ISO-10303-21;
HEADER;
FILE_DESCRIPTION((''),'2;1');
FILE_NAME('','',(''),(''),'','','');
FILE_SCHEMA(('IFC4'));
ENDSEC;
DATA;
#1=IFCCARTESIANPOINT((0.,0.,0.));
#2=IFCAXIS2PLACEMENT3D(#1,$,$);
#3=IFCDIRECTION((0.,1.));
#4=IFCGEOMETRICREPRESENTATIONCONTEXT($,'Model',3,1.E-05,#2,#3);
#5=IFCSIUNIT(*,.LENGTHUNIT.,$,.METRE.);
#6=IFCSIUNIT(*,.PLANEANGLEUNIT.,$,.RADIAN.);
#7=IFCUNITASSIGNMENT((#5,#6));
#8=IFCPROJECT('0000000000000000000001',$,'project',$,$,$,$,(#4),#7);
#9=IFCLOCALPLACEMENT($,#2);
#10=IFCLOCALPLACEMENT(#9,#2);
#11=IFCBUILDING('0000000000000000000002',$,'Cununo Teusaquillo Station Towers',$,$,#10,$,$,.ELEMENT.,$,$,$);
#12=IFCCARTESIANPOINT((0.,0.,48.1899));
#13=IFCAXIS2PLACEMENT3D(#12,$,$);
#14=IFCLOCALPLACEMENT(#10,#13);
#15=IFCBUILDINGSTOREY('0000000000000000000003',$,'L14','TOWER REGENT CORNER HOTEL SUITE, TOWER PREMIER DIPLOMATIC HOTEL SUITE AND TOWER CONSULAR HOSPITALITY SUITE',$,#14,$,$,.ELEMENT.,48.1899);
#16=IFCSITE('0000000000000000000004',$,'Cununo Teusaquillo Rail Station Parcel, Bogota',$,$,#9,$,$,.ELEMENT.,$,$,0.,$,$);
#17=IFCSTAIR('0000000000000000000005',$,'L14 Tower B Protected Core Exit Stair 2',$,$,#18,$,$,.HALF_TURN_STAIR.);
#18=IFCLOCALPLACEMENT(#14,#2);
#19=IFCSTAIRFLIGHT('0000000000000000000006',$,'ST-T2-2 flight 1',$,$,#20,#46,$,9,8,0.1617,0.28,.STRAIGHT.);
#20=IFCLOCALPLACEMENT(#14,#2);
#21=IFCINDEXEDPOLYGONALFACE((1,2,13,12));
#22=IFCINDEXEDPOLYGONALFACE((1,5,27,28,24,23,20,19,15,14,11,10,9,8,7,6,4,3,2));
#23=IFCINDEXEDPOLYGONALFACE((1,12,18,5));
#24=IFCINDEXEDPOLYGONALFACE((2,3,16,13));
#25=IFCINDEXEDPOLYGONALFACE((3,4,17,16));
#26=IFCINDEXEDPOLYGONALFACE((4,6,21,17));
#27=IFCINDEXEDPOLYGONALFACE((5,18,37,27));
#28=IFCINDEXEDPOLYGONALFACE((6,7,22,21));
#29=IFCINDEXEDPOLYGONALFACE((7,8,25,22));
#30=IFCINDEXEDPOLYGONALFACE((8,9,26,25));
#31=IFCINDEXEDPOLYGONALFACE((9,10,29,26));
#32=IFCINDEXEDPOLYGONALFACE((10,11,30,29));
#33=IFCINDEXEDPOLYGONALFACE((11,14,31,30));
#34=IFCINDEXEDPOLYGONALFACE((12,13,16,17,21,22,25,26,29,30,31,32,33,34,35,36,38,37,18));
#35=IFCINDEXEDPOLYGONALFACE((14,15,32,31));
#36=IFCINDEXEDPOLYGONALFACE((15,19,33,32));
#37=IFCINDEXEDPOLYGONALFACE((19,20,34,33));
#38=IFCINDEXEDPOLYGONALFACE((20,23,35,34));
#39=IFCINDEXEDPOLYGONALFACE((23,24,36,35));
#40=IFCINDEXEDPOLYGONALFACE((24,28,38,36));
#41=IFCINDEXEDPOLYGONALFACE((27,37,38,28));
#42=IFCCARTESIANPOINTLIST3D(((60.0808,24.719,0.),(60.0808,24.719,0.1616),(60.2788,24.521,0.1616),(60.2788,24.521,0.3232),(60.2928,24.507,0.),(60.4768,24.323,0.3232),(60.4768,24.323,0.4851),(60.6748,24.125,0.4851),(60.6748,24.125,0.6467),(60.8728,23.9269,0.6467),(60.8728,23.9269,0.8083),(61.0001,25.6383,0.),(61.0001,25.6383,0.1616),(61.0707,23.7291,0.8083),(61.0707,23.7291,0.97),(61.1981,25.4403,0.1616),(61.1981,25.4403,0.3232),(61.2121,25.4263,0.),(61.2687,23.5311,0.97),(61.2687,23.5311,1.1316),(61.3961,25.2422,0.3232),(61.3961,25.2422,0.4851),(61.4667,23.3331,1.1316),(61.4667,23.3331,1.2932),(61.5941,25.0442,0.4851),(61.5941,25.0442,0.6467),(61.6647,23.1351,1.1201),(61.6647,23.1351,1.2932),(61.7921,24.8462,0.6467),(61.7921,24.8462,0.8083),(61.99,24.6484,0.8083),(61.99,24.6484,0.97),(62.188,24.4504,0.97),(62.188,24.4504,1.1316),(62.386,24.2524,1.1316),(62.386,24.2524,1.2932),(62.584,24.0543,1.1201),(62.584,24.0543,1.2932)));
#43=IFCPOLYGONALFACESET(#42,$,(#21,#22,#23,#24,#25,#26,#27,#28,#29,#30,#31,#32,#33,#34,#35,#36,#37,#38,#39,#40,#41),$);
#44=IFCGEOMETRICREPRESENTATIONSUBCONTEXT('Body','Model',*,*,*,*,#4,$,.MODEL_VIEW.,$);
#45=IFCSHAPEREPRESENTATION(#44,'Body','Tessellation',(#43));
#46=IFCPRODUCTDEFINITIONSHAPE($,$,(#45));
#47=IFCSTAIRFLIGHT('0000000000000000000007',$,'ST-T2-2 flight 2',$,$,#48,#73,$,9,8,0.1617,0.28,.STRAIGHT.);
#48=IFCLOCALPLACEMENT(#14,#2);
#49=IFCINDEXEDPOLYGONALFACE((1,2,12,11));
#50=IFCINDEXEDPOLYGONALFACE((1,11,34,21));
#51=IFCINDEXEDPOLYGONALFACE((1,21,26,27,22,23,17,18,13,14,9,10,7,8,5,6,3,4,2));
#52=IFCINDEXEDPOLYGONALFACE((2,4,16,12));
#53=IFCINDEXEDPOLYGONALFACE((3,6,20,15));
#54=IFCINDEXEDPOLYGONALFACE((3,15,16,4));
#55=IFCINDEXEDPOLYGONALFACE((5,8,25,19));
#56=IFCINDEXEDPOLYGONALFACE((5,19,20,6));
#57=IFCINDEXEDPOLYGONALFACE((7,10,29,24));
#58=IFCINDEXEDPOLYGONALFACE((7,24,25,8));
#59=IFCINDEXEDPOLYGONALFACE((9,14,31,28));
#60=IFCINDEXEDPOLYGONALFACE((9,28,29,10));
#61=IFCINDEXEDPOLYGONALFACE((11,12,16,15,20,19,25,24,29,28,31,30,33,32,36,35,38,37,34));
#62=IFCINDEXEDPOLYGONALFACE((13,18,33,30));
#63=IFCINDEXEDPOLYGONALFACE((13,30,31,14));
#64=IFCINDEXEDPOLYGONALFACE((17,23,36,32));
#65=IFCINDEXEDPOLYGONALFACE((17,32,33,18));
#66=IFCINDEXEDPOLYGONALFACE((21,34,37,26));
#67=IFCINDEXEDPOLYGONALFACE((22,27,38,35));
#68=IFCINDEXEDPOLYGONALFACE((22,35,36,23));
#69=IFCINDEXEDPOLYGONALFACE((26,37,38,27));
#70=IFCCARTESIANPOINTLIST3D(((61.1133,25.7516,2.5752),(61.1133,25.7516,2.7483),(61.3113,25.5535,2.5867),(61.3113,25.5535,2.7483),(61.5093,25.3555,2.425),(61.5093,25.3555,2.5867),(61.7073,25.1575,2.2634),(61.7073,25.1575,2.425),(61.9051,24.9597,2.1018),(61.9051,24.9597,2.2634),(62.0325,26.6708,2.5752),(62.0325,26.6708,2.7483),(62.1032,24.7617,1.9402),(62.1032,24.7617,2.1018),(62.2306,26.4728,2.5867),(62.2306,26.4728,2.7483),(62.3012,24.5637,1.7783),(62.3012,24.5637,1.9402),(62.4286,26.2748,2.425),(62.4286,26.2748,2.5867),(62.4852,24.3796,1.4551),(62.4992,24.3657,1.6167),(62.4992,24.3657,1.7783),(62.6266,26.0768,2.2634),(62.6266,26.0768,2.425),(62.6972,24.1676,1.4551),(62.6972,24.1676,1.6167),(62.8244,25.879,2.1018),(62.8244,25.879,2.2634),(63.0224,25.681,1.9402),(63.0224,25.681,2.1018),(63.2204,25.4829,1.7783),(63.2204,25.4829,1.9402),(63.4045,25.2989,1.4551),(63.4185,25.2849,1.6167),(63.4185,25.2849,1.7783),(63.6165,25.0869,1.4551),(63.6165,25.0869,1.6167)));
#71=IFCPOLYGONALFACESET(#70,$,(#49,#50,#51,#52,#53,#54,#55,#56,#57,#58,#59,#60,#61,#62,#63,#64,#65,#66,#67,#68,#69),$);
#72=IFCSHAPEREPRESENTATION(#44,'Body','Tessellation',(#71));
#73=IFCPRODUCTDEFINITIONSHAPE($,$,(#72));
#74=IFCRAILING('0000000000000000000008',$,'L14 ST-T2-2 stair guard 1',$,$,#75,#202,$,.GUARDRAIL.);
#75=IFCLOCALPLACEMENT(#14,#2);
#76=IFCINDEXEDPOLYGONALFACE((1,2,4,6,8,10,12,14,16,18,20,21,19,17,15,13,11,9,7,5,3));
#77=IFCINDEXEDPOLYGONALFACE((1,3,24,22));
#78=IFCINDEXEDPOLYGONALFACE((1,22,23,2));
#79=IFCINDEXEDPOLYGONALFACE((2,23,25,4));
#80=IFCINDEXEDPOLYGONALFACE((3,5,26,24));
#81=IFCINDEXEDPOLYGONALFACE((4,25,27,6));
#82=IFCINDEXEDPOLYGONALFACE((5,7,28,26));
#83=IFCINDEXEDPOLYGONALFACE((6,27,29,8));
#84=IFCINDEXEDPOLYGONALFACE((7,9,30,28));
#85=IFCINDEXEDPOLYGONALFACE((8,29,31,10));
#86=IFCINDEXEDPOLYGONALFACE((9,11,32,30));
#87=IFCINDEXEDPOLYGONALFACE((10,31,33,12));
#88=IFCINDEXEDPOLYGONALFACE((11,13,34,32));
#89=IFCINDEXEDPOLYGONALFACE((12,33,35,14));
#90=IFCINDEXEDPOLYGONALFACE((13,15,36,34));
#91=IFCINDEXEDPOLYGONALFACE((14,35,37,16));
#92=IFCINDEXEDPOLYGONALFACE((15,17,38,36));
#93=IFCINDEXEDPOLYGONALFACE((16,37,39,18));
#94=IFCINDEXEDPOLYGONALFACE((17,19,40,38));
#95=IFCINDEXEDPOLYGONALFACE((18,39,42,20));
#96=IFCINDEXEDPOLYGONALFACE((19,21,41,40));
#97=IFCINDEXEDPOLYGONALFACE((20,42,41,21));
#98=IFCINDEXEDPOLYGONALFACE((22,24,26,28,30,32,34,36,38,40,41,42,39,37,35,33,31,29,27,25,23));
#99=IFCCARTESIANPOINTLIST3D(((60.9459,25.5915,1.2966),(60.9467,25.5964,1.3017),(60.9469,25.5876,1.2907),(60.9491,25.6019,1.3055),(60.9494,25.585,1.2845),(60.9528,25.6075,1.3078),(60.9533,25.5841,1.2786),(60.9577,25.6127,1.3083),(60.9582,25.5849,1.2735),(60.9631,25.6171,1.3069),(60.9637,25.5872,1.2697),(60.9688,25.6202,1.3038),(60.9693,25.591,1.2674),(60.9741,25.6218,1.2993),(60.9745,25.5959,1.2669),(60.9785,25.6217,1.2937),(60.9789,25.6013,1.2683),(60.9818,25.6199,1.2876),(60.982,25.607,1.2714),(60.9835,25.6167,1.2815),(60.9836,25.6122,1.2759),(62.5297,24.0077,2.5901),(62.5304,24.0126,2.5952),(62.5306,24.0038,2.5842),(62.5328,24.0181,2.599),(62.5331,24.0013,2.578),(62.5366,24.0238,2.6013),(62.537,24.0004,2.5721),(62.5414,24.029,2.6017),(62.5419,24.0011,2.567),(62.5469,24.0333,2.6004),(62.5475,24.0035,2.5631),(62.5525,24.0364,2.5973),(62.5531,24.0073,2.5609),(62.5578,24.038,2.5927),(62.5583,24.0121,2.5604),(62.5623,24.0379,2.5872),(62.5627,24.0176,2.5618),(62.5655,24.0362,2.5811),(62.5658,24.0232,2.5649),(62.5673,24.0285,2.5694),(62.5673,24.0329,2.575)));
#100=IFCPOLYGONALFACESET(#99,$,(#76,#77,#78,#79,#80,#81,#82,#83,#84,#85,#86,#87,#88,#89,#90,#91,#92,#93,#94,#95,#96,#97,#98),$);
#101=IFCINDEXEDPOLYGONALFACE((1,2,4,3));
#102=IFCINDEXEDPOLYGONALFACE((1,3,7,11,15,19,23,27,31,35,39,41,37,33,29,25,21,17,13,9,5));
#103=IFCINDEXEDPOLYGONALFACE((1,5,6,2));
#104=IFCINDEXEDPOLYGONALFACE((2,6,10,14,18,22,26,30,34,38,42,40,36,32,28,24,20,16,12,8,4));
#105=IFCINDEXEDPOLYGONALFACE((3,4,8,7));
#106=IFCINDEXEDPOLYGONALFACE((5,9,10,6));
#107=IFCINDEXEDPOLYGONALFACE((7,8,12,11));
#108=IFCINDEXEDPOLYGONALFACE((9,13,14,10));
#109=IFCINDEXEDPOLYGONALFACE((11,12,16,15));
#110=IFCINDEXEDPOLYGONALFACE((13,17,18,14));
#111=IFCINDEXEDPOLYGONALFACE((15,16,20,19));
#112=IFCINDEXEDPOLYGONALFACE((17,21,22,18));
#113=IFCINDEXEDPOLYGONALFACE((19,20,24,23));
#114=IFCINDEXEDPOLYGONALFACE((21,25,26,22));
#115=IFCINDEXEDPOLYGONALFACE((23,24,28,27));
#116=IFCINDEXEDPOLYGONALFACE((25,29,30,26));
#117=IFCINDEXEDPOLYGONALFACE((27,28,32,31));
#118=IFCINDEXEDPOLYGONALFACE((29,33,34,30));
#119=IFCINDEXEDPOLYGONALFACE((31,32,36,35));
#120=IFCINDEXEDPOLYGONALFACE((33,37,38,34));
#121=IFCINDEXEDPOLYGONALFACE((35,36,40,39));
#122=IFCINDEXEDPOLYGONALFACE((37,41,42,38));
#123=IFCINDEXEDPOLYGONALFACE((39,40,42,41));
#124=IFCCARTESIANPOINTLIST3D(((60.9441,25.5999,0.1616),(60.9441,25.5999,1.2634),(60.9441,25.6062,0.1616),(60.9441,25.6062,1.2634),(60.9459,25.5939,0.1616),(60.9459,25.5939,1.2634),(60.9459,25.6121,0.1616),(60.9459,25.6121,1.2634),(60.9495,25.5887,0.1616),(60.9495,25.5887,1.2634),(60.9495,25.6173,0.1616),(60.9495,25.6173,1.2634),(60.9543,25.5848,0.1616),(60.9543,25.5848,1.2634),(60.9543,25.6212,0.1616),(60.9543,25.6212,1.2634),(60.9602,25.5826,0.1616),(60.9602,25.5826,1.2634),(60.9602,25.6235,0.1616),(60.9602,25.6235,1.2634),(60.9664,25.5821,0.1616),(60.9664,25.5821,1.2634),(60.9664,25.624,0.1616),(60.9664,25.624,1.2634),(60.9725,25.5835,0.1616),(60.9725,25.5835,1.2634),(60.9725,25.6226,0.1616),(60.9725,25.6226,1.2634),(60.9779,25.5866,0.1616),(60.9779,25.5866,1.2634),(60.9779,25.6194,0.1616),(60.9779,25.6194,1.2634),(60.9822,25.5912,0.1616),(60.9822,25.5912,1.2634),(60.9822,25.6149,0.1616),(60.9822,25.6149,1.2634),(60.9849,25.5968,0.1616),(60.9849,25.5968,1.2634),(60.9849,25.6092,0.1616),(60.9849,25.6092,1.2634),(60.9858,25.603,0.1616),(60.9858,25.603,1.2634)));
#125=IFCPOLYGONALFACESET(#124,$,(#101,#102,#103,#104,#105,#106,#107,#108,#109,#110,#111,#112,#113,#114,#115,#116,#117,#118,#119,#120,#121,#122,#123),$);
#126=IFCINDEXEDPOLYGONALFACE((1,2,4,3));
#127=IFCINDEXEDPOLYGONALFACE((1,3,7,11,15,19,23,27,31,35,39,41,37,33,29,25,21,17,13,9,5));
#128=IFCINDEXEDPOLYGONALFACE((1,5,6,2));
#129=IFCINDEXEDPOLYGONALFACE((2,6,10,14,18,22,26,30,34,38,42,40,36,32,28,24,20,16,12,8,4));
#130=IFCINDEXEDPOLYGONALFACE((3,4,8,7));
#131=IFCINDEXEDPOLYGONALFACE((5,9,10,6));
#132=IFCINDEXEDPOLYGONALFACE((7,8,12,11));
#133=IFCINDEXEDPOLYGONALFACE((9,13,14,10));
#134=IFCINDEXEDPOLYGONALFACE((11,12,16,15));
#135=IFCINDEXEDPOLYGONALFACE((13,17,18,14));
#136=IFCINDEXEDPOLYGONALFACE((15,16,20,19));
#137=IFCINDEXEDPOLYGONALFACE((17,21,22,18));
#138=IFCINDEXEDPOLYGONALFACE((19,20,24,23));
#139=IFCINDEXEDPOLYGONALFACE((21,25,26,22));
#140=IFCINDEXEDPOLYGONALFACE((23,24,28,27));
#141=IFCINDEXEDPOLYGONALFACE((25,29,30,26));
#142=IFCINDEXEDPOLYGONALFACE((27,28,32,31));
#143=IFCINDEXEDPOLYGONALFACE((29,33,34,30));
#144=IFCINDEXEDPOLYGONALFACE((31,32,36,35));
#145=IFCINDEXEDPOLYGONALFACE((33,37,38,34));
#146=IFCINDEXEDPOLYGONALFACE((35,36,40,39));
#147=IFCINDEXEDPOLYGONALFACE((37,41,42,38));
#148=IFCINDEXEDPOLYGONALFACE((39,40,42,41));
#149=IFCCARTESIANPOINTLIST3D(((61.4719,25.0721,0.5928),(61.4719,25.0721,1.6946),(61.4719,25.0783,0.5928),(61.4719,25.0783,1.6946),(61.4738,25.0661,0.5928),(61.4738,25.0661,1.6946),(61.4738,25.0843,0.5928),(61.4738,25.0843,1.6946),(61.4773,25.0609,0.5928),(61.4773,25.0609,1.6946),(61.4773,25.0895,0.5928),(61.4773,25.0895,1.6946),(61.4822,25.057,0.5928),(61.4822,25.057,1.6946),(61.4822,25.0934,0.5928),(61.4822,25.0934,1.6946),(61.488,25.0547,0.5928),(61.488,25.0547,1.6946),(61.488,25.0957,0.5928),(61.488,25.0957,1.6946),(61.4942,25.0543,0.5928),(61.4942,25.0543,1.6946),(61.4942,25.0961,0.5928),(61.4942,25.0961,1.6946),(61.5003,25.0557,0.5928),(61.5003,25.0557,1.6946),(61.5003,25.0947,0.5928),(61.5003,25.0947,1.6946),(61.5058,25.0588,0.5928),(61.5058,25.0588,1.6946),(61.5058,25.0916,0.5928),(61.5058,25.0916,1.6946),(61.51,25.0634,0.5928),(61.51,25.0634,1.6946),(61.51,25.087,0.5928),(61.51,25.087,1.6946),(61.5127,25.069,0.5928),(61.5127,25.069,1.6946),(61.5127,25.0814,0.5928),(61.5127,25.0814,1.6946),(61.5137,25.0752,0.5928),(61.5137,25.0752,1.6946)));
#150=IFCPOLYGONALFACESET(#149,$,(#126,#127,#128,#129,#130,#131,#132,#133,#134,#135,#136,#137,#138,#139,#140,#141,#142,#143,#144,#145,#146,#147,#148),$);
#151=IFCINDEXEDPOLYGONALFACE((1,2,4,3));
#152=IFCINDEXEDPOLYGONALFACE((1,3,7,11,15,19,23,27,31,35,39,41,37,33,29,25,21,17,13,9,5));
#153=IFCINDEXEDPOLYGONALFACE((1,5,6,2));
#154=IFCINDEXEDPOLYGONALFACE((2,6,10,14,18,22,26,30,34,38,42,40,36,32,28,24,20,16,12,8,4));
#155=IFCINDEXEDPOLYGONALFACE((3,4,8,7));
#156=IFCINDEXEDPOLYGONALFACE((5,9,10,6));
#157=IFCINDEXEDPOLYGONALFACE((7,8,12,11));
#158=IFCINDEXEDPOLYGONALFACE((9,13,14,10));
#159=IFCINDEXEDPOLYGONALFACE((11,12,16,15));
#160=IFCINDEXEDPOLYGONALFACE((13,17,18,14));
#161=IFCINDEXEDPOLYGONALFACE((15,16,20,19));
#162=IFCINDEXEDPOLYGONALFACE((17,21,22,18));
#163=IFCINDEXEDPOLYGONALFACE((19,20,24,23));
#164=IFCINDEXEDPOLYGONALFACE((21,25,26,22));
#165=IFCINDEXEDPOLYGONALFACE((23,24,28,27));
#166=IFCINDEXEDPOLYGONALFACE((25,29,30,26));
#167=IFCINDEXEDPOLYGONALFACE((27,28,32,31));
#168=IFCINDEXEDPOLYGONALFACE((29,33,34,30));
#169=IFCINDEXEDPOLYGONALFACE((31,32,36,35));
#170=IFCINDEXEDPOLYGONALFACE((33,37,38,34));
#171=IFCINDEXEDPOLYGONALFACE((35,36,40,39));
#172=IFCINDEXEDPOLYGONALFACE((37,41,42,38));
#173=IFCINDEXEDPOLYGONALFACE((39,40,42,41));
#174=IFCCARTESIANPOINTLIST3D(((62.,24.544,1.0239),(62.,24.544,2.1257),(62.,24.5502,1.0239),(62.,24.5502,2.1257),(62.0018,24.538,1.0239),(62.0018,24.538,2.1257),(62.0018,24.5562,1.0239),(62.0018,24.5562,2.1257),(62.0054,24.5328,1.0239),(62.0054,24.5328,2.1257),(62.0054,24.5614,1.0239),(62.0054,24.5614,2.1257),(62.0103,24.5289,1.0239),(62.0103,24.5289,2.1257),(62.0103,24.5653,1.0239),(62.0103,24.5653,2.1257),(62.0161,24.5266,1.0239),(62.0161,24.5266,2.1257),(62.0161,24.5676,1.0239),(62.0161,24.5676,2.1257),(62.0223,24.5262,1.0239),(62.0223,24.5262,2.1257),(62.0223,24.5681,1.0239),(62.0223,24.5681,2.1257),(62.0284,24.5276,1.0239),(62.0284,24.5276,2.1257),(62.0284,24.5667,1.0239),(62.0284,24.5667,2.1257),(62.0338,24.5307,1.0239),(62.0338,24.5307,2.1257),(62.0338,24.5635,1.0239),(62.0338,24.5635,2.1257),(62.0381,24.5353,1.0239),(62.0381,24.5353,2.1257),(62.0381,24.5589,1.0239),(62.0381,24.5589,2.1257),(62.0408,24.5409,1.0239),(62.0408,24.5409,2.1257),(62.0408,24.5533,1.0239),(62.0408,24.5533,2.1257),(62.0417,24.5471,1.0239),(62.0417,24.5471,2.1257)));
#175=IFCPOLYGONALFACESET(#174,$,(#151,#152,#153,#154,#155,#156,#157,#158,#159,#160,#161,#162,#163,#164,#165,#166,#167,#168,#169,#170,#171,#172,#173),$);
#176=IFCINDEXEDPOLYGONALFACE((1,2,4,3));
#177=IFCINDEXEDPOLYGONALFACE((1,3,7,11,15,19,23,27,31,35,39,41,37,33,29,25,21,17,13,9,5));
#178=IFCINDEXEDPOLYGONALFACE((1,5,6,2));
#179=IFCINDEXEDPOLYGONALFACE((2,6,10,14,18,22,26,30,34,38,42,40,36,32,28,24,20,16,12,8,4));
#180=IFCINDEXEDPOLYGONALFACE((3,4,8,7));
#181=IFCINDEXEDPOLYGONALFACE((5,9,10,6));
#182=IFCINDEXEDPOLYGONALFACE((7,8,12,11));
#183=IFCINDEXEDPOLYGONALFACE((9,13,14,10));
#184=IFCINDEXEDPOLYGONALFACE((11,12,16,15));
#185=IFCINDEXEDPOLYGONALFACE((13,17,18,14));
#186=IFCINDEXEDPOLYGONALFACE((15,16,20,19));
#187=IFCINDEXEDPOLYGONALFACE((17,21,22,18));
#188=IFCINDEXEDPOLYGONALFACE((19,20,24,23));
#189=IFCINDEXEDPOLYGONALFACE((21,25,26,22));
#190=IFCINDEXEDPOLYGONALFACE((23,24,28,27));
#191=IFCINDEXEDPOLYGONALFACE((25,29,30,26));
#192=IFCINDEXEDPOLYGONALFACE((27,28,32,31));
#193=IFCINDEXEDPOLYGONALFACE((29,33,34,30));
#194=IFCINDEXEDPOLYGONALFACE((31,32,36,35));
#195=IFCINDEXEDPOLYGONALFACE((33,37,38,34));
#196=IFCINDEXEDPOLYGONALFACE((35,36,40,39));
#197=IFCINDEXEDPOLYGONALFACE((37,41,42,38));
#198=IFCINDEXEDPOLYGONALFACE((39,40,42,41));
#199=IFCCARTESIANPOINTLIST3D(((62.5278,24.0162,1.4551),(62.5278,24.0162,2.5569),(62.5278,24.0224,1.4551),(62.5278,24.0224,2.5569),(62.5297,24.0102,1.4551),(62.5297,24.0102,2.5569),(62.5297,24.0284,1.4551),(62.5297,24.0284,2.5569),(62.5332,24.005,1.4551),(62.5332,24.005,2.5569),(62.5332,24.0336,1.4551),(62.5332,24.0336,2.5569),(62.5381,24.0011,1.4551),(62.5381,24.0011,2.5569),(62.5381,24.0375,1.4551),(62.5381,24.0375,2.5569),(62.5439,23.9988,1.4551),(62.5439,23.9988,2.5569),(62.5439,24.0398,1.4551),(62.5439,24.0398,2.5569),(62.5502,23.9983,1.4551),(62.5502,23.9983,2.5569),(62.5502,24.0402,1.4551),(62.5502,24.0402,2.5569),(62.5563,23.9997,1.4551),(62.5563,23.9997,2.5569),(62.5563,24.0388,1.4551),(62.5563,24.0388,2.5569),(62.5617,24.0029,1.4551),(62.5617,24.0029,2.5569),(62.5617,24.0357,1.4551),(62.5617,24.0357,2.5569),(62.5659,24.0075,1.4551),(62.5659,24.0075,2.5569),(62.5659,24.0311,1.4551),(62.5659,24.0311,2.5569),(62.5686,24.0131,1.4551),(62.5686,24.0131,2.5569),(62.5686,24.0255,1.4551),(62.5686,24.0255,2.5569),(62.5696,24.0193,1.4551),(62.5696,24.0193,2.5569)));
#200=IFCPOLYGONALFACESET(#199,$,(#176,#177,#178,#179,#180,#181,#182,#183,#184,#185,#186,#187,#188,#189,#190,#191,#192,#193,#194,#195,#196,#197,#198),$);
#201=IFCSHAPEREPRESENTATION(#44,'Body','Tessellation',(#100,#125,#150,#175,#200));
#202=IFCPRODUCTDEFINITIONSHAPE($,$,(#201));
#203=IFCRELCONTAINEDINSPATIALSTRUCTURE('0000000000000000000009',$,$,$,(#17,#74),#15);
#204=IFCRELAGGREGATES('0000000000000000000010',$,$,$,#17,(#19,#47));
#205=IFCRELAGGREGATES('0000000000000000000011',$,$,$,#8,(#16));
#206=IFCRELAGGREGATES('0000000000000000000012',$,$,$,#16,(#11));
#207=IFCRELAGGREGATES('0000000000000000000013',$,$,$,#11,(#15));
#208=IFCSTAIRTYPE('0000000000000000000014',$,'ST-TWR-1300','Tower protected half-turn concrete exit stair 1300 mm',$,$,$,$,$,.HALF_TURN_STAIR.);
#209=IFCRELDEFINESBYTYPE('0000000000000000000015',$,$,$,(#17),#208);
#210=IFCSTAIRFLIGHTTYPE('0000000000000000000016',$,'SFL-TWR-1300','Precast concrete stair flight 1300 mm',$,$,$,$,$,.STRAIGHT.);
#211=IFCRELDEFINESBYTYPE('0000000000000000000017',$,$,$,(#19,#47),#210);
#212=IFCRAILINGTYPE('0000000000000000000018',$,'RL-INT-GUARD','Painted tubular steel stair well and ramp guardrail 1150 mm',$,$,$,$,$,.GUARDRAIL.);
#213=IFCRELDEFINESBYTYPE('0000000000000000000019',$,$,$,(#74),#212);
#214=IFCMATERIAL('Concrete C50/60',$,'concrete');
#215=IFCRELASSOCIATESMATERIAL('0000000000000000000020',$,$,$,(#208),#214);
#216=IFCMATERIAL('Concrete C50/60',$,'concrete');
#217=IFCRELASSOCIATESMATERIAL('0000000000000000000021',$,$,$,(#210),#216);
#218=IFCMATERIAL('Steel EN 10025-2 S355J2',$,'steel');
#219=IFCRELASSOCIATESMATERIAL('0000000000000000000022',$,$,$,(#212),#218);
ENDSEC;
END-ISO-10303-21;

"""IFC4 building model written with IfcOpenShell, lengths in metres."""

from ifc_helpers import new_model, si_unit, direction, frame, origin, origin_2d, place, context, subcontext, project, spatial, polyline, circle, outline, extrude, material, type_object, element, aggregate, save


model = new_model("IFC4")

# Units and contexts
model_context = context("Model", 3, precision=1e-05, world=origin(), true_north=direction((0.0, 1.0)))
body_context = subcontext(model_context, "Body", "Model", "MODEL_VIEW")
ifc_project = project(units=[si_unit("LENGTHUNIT", "METRE"), si_unit("PLANEANGLEUNIT", "RADIAN")], contexts=[model_context])

# Site, building, storey
site_placement = place(None, origin())
site = spatial("IfcSite", under=ifc_project, at=site_placement, Name="Cununo Teusaquillo Rail Station Parcel, Bogota", CompositionType="ELEMENT", RefElevation=0.0)
building_placement = place(site_placement, origin())
building = spatial("IfcBuilding", under=site, at=building_placement, Name="Cununo Teusaquillo Station Towers", CompositionType="ELEMENT")
storey_placement = place(building_placement, frame((0.0, 0.0, 48.1899)))
storey = spatial("IfcBuildingStorey", under=building, at=storey_placement, Name="L14", Description="TOWER REGENT CORNER HOTEL SUITE, TOWER PREMIER DIPLOMATIC HOTEL SUITE AND TOWER CONSULAR HOSPITALITY SUITE", CompositionType="ELEMENT", Elevation=48.1899)

# Stair, stair flights
ifc_material_1 = material(Name="Concrete C50/60", Category="concrete")
stair_type = type_object("IfcStairType", Name="ST-TWR-1300", Description="Tower protected half-turn concrete exit stair 1300 mm", PredefinedType="HALF_TURN_STAIR", material=ifc_material_1)
stair_placement = place(storey_placement, origin())
stair = element("IfcStair", 1, at=stair_placement, inside=storey, type_object=stair_type, Name="L14 Tower B Protected Core Exit Stair 2", PredefinedType="HALF_TURN_STAIR")
ifc_material_2 = material(Name="Concrete C50/60", Category="concrete")
stair_flight_type = type_object("IfcStairFlightType", Name="SFL-TWR-1300", Description="Precast concrete stair flight 1300 mm", PredefinedType="STRAIGHT", material=ifc_material_2)
stair_flight_1_placement = place(storey_placement, frame((60.5405, 25.1787, 0.0), z_axis=(0.0, 0.0, 1.0), x_axis=(0.707107, -0.707107, 0.0)))
stair_flight_1 = element("IfcStairFlight", 2, at=stair_flight_1_placement, type_object=stair_flight_type, Name="ST-T2-2 flight 1", NumberOfRisers=9, NumberOfTreads=8, PredefinedType="STRAIGHT", RiserHeight=0.1617, TreadLength=0.28, context=body_context, shape_type="SweptSolid", body=[
    extrude(outline(polyline([(0.0, 0.0), (0.0, 0.1616), (0.28, 0.1616), (0.28, 0.3232), (0.5601, 0.3232), (0.5601, 0.4851), (0.8401, 0.4851), (0.8401, 0.6467), (1.1201, 0.6467), (1.1201, 0.8083), (1.3999, 0.8083), (1.3999, 0.97), (1.6799, 0.97), (1.6799, 1.1316), (1.96, 1.1316), (1.96, 1.2932), (2.24, 1.2932), (2.24, 1.4551), (2.24, 1.1201), (0.2998, 0.0), (0.0, 0.0)])), frame((0.0, 0.6499, 0.0), z_axis=(0.0, -1.0, 0.0), x_axis=(1.0, 0.0, 0.0)), (0.0, 0.0, 1.0), 1.3),
])
stair_flight_2_placement = place(storey_placement, frame((63.1567, 24.6272, 1.4551), z_axis=(0.0, 0.0, 1.0), x_axis=(-0.707107, 0.707107, 0.0)))
stair_flight_2 = element("IfcStairFlight", 3, at=stair_flight_2_placement, type_object=stair_flight_type, Name="ST-T2-2 flight 2", NumberOfRisers=9, NumberOfTreads=8, PredefinedType="STRAIGHT", RiserHeight=0.1617, TreadLength=0.28, context=body_context, shape_type="SweptSolid", body=[
    extrude(outline(polyline([(0.0, 0.0), (0.0, 0.1616), (0.28, 0.1616), (0.28, 0.3232), (0.5601, 0.3232), (0.5601, 0.4851), (0.8401, 0.4851), (0.8401, 0.6467), (1.1201, 0.6467), (1.1201, 0.8083), (1.3999, 0.8083), (1.3999, 0.97), (1.6799, 0.97), (1.6799, 1.1316), (1.96, 1.1316), (1.96, 1.2932), (2.24, 1.2932), (2.24, 1.4551), (2.24, 1.1201), (0.2998, 0.0), (0.0, 0.0)])), frame((0.0, 0.6499, 0.0), z_axis=(0.0, -1.0, 0.0), x_axis=(1.0, 0.0, 0.0)), (0.0, 0.0, 1.0), 1.3),
])
aggregate(stair, [stair_flight_1, stair_flight_2])

# Railing
ifc_material_3 = material(Name="Steel EN 10025-2 S355J2", Category="steel")
railing_type_1 = type_object("IfcRailingType", Name="RL-INT-GUARD", Description="Painted tubular steel stair well and ramp guardrail 1150 mm", PredefinedType="GUARDRAIL", material=ifc_material_3)
railing_1_placement = place(storey_placement, frame((60.9648, 25.603, 0.1616)))
element("IfcRailing", 4, at=railing_1_placement, inside=storey, type_object=railing_type_1, Name="L14 ST-T2-2 stair guard 1", PredefinedType="GUARDRAIL", context=body_context, shape_type="SweptSolid", body=[
    extrude(circle(Radius=0.0239, at=origin_2d()), frame((0.0, 0.0, 1.126), z_axis=(0.612332, -0.612332, 0.500098), x_axis=(0.707107, 0.707107, 0.0)), (0.0, 0.0, 1.0), 2.5864),
    extrude(circle(Radius=0.021, at=origin_2d()), origin(), (0.0, 0.0, 1.0), 1.1018),
    extrude(circle(Radius=0.021, at=origin_2d()), frame((0.5278, -0.5278, 0.4312)), (0.0, 0.0, 1.0), 1.1018),
    extrude(circle(Radius=0.021, at=origin_2d()), frame((1.0559, -1.0559, 0.8623)), (0.0, 0.0, 1.0), 1.1018),
    extrude(circle(Radius=0.021, at=origin_2d()), frame((1.5837, -1.5837, 1.2935)), (0.0, 0.0, 1.0), 1.1018),
])

save(model, "model.ifc")
